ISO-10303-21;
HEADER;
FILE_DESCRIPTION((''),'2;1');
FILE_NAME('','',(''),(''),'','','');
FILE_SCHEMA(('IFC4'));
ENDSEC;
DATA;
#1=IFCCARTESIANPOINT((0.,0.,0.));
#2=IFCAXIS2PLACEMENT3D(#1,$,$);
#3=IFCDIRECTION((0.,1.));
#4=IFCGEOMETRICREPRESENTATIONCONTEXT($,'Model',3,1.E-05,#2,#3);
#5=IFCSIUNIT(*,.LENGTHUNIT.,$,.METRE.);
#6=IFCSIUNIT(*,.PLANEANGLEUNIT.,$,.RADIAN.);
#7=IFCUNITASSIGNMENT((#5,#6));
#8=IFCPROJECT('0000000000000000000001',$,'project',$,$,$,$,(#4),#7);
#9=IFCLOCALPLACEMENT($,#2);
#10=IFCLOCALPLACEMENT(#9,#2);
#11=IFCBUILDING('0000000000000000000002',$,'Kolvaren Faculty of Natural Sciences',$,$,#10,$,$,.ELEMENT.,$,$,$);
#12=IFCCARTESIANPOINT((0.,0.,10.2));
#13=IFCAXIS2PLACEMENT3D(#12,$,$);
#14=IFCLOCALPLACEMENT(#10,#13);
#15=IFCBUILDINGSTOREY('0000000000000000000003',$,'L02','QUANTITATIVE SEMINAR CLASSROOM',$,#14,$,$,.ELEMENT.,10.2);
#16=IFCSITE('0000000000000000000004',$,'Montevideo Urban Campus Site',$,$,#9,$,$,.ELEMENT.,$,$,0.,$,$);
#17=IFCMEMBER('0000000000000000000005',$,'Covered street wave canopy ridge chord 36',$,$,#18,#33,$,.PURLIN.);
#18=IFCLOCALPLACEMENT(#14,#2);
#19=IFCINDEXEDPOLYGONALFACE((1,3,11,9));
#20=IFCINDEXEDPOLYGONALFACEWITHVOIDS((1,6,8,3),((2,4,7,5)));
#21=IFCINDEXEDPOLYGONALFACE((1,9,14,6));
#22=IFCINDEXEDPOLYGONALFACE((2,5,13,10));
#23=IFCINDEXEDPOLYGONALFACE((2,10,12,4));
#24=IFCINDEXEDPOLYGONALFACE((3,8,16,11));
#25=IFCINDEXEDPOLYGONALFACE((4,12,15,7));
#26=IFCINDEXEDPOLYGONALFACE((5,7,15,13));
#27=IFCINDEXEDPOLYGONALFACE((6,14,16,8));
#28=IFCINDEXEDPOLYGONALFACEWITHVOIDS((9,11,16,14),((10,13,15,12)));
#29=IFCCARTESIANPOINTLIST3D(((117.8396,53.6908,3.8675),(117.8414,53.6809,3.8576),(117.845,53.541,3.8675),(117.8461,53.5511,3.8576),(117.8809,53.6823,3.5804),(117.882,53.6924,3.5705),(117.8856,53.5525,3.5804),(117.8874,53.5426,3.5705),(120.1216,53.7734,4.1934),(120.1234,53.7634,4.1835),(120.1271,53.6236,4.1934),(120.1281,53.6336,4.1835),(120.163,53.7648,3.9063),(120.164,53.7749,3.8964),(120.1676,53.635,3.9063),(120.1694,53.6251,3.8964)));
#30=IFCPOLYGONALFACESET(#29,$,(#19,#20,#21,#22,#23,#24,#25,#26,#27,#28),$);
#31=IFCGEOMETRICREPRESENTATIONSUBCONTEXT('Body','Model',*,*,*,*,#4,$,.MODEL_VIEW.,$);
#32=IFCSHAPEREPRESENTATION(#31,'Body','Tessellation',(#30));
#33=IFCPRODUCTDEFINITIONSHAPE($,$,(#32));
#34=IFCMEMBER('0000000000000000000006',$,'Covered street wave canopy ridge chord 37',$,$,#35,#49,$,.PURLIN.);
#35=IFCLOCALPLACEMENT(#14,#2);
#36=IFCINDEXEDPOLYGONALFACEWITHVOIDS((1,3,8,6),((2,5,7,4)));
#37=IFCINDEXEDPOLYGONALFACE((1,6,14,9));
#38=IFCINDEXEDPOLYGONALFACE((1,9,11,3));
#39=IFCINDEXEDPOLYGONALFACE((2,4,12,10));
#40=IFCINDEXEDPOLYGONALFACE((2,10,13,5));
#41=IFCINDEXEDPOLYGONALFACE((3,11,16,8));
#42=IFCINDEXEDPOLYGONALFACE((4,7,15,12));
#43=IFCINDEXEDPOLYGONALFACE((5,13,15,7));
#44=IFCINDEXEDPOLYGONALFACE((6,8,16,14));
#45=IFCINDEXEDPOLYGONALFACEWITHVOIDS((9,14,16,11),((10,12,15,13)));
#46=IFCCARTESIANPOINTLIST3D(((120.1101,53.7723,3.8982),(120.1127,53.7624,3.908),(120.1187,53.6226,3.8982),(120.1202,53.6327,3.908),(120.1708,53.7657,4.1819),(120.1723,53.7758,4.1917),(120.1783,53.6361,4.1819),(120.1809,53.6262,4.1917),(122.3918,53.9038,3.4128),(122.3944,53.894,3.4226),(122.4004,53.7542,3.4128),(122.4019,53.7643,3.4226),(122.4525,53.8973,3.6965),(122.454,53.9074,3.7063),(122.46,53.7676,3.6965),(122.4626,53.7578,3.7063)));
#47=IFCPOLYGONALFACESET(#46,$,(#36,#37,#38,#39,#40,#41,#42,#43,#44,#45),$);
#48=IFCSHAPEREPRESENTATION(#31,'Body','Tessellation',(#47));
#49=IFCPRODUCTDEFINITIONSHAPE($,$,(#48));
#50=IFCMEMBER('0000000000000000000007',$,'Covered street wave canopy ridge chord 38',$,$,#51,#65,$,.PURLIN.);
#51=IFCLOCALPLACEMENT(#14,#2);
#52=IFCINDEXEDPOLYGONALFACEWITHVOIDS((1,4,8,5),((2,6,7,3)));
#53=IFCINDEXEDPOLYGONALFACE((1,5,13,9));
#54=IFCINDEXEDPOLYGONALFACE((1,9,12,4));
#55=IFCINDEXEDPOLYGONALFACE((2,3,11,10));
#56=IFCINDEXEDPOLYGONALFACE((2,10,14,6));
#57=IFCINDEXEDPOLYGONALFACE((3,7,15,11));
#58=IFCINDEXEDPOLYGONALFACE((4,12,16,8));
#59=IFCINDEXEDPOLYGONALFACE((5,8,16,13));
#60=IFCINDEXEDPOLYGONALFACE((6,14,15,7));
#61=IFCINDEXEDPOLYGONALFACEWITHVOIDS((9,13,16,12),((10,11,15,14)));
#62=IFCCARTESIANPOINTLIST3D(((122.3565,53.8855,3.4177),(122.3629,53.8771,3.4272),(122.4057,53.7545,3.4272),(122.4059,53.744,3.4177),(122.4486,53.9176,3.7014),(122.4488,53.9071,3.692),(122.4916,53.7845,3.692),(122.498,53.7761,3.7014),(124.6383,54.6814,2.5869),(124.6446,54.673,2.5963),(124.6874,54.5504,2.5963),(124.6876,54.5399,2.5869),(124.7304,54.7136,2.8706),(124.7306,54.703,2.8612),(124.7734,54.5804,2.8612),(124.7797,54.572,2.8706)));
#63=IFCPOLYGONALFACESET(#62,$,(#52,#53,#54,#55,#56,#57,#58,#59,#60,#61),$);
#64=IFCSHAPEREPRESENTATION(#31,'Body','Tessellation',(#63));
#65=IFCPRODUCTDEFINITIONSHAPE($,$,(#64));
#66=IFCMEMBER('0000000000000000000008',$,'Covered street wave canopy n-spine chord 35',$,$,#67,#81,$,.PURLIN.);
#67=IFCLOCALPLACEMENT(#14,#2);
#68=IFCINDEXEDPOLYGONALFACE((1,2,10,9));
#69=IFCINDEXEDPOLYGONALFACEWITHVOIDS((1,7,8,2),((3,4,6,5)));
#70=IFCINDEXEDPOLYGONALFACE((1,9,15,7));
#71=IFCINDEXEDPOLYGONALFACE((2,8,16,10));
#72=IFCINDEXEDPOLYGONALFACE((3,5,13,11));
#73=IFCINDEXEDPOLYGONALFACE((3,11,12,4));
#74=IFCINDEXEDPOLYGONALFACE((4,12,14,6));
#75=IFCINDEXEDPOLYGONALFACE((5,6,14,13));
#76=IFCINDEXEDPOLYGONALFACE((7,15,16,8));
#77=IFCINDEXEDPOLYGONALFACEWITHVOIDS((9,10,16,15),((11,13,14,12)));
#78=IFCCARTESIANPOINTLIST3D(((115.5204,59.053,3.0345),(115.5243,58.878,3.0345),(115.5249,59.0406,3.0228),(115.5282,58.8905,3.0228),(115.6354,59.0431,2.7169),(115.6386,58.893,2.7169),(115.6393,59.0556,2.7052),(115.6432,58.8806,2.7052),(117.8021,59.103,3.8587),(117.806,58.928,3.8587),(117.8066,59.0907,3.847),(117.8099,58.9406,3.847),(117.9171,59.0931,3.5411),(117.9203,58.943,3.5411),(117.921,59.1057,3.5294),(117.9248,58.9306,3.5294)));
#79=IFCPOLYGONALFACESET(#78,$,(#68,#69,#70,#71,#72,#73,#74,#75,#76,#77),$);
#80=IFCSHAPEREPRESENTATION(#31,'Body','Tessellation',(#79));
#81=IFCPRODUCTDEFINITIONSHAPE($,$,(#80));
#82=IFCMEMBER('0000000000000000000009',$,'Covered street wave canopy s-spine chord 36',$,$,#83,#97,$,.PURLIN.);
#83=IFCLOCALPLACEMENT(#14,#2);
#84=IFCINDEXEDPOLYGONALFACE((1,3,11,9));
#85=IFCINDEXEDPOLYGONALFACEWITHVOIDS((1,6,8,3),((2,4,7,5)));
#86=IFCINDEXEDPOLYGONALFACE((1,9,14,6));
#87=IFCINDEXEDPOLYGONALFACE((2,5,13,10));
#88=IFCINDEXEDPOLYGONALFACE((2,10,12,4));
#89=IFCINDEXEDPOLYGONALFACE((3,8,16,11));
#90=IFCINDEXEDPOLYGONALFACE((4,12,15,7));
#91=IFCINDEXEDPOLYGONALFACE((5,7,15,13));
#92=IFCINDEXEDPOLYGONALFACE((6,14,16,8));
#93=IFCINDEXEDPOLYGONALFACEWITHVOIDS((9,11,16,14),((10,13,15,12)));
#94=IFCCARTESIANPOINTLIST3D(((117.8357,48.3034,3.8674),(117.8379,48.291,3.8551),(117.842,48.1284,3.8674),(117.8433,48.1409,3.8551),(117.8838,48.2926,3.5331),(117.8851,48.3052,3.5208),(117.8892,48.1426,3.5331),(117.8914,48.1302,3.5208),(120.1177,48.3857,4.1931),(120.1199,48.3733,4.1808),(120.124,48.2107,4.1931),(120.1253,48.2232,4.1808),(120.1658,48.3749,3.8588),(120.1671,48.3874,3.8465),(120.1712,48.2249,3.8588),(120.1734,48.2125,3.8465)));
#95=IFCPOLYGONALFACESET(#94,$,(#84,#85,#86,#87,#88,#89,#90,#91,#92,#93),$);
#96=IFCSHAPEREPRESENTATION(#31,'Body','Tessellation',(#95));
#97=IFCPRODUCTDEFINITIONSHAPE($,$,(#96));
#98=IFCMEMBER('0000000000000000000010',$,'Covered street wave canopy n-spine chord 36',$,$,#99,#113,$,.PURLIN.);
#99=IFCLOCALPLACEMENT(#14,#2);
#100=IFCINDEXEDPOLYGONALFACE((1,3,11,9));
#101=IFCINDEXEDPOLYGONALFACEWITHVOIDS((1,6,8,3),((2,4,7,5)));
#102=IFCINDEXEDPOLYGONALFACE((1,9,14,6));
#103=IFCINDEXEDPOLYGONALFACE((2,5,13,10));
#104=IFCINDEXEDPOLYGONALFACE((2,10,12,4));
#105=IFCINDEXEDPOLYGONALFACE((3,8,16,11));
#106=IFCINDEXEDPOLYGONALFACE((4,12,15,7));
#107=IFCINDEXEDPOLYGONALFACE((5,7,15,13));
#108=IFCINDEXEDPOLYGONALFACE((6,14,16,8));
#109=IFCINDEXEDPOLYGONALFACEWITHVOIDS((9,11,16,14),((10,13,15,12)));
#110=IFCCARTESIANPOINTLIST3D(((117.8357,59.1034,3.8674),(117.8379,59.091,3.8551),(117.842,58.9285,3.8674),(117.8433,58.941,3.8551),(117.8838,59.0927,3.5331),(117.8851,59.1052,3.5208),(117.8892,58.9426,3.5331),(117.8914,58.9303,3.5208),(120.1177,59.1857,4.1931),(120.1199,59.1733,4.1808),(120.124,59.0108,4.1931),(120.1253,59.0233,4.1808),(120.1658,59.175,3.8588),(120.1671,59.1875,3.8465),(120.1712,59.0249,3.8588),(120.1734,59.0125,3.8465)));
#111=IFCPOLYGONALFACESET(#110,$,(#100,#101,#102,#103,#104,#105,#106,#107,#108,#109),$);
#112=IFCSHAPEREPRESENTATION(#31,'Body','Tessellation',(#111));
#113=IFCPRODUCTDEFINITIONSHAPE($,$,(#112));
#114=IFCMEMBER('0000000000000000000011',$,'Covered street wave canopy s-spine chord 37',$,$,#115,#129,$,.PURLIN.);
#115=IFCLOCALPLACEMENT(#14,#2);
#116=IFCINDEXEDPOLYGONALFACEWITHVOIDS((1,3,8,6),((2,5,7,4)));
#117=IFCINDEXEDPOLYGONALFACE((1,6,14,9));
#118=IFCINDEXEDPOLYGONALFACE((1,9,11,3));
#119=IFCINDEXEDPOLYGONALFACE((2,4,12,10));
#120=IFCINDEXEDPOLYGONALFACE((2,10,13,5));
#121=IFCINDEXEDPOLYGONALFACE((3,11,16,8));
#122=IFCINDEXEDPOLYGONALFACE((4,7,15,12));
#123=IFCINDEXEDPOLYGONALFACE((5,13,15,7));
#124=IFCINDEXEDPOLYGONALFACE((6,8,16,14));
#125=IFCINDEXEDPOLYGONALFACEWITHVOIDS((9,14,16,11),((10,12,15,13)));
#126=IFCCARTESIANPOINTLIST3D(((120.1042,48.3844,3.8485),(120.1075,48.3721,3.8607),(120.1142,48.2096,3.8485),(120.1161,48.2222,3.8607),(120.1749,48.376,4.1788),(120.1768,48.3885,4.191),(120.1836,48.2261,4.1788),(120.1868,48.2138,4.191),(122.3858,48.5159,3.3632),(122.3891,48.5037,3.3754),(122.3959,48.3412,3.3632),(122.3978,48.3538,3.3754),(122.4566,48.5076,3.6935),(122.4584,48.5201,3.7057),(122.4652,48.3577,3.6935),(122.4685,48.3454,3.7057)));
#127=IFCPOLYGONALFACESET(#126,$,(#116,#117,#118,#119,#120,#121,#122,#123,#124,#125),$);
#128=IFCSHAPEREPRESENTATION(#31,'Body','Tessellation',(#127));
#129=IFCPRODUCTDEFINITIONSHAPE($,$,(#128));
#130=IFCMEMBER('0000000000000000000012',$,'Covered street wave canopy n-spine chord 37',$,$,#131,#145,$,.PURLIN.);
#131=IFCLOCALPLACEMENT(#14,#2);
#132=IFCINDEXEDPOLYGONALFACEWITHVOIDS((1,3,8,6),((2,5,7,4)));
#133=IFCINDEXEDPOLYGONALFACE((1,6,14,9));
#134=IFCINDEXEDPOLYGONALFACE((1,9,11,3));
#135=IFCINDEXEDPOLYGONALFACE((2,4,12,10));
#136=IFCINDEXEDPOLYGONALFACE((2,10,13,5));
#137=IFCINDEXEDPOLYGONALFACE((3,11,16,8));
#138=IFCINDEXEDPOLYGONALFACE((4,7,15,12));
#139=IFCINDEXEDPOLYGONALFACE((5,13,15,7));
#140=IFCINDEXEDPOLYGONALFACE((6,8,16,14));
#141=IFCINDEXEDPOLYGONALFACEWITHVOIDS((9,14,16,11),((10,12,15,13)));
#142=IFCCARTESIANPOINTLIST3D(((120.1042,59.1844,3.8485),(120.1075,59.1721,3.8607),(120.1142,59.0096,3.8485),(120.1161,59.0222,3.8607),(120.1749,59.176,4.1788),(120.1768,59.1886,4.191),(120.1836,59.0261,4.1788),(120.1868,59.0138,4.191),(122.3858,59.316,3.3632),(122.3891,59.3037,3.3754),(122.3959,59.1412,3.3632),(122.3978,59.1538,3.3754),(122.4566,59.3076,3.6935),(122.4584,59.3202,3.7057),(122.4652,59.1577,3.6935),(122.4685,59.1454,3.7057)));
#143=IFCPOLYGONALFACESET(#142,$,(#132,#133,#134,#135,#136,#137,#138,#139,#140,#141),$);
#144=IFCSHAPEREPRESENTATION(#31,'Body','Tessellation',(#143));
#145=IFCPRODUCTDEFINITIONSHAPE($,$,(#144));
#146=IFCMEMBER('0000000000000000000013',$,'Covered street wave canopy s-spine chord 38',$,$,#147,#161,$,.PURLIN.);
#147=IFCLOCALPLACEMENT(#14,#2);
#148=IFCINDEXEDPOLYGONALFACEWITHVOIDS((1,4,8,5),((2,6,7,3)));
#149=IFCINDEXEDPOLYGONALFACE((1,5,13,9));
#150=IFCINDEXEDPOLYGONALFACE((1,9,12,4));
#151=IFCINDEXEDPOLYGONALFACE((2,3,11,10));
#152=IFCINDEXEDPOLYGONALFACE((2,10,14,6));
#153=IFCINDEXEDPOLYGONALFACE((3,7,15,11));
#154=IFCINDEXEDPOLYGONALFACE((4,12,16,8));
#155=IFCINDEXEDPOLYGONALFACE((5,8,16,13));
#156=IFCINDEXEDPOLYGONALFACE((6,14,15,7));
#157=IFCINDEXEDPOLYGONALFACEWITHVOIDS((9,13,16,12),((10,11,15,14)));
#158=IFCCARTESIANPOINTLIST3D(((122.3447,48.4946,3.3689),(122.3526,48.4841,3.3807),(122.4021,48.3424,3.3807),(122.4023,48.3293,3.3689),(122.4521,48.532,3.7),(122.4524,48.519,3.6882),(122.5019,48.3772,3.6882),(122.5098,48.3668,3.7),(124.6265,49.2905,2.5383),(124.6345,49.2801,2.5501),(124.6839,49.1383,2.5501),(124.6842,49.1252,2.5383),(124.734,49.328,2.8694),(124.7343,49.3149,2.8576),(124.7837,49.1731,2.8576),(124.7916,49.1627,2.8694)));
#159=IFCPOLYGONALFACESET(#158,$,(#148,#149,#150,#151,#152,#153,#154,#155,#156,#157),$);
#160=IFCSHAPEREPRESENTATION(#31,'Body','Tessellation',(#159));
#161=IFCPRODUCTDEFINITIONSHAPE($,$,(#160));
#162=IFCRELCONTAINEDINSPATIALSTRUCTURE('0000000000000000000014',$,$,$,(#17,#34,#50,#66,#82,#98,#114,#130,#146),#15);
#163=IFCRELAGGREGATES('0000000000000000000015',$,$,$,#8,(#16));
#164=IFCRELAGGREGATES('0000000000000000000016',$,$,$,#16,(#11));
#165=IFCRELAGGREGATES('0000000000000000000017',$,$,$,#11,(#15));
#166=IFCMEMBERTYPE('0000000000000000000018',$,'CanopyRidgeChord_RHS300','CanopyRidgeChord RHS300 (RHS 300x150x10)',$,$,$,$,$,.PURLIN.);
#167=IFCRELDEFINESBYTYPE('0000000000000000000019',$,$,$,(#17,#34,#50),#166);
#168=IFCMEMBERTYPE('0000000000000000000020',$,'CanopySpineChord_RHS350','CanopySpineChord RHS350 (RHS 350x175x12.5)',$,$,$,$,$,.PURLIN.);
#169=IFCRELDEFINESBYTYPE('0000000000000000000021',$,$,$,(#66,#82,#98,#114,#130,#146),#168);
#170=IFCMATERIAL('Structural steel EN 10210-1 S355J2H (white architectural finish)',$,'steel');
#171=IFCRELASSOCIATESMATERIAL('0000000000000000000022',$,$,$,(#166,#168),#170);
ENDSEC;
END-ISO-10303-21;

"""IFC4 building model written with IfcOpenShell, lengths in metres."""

from ifc_helpers import new_model, si_unit, direction, frame, origin, origin_2d, place, context, subcontext, project, spatial, hollow_rectangle, extrude, material, material_profile, profile_set, type_object, element, save


model = new_model("IFC4")

# Units and contexts
model_context = context("Model", 3, precision=1e-05, world=origin(), true_north=direction((0.0, 1.0)))
body_context = subcontext(model_context, "Body", "Model", "MODEL_VIEW")
ifc_project = project(units=[si_unit("LENGTHUNIT", "METRE"), si_unit("PLANEANGLEUNIT", "RADIAN")], contexts=[model_context])

# Site, building, storey
site_placement = place(None, origin())
site = spatial("IfcSite", under=ifc_project, at=site_placement, Name="Montevideo Urban Campus Site", CompositionType="ELEMENT", RefElevation=0.0)
building_placement = place(site_placement, origin())
building = spatial("IfcBuilding", under=site, at=building_placement, Name="Kolvaren Faculty of Natural Sciences", CompositionType="ELEMENT")
storey_placement = place(building_placement, frame((0.0, 0.0, 10.2)))
storey = spatial("IfcBuildingStorey", under=building, at=storey_placement, Name="L02", Description="QUANTITATIVE SEMINAR CLASSROOM", CompositionType="ELEMENT", Elevation=10.2)

# Members
ifc_material_1 = material(Name="Structural steel EN 10210-1 S355J2H (white architectural finish)", Category="steel")
ifc_material_profile_1 = material_profile(ifc_material_1, hollow_rectangle(XDim=0.1499, YDim=0.3, WallThickness=0.01, at=origin_2d()), Name="RHS 300x150x10")
ifc_profile_set_1 = profile_set([ifc_material_profile_1], Name="Structural steel EN 10210-1 S355J2H (white architectural finish)")
member_type_1 = type_object("IfcMemberType", Name="CanopyRidgeChord_RHS300", Description="CanopyRidgeChord RHS300 (RHS 300x150x10)", PredefinedType="PURLIN", material=ifc_profile_set_1)
member_1_placement = place(storey_placement, frame((117.8635, 53.6167, 3.719), z_axis=(0.98932, 0.035775, 0.141301), x_axis=(-0.036138, 0.999347, 0.0)))
element("IfcMember", 1, at=member_1_placement, inside=storey, type_object=member_type_1, Name="Covered street wave canopy ridge chord 36", PredefinedType="PURLIN", context=body_context, shape_type="SweptSolid", body=[
    extrude(hollow_rectangle(XDim=0.1499, YDim=0.3, WallThickness=0.01, at=origin_2d()), origin(), (0.0, 0.0, 1.0), 2.3066),
])
member_2_placement = place(storey_placement, frame((120.1455, 53.6992, 4.0449), z_axis=(0.976564, 0.05632, -0.207726), x_axis=(-0.057576, 0.998341, 0.0)))
element("IfcMember", 2, at=member_2_placement, inside=storey, type_object=member_type_1, Name="Covered street wave canopy ridge chord 37", PredefinedType="PURLIN", context=body_context, shape_type="SweptSolid", body=[
    extrude(hollow_rectangle(XDim=0.1499, YDim=0.3, WallThickness=0.01, at=origin_2d()), origin(), (0.0, 0.0, 1.0), 2.3364),
])
member_3_placement = place(storey_placement, frame((122.4272, 53.8308, 3.5596), z_axis=(0.892911, 0.311458, -0.325121), x_axis=(-0.329351, 0.944207, 0.0)))
element("IfcMember", 3, at=member_3_placement, inside=storey, type_object=member_type_1, Name="Covered street wave canopy ridge chord 38", PredefinedType="PURLIN", context=body_context, shape_type="SweptSolid", body=[
    extrude(hollow_rectangle(XDim=0.1499, YDim=0.3, WallThickness=0.01, at=origin_2d()), origin(), (0.0, 0.0, 1.0), 2.5554),
])
ifc_material_profile_2 = material_profile(ifc_material_1, hollow_rectangle(XDim=0.175, YDim=0.3501, WallThickness=0.0125, at=origin_2d()), Name="RHS 350x175x12.5")
ifc_profile_set_2 = profile_set([ifc_material_profile_2], Name="Structural steel EN 10210-1 S355J2H (white architectural finish)")
member_type_2 = type_object("IfcMemberType", Name="CanopySpineChord_RHS350", Description="CanopySpineChord RHS350 (RHS 350x175x12.5)", PredefinedType="PURLIN", material=ifc_profile_set_2)
member_4_placement = place(storey_placement, frame((115.5818, 58.9668, 2.8699), z_axis=(0.94032, 0.020625, 0.339666), x_axis=(-0.021929, 0.99976, 0.0)))
element("IfcMember", 4, at=member_4_placement, inside=storey, type_object=member_type_2, Name="Covered street wave canopy n-spine chord 35", PredefinedType="PURLIN", context=body_context, shape_type="SweptSolid", body=[
    extrude(hollow_rectangle(XDim=0.175, YDim=0.3501, WallThickness=0.0125, at=origin_2d()), origin(), (0.0, 0.0, 1.0), 2.4265),
])
for number, where, z_axis, x_axis, name in (
    (5, (117.8635, 48.2168, 3.6941), (0.989339, 0.03567, 0.141198), (-0.036031, 0.999351, 0.0), "Covered street wave canopy s-spine chord 36"),
    (6, (117.8635, 59.0168, 3.6941), (0.989339, 0.03567, 0.141198), (-0.036031, 0.999351, 0.0), "Covered street wave canopy n-spine chord 36"),
):
    element("IfcMember", number, at=place(storey_placement, frame(where, z_axis=z_axis, x_axis=x_axis)), inside=storey, type_object=member_type_2, Name=name, PredefinedType="PURLIN", context=body_context, shape_type="SweptSolid", body=[
        extrude(hollow_rectangle(XDim=0.175, YDim=0.3501, WallThickness=0.0125, at=origin_2d()), origin(), (0.0, 0.0, 1.0), 2.3066),
    ])
for number, where, z_axis, x_axis, name in (
    (7, (120.1455, 48.2991, 4.0198), (0.976564, 0.05632, -0.207726), (-0.057576, 0.998341, 0.0), "Covered street wave canopy s-spine chord 37"),
    (8, (120.1455, 59.0991, 4.0198), (0.976564, 0.05632, -0.207726), (-0.057576, 0.998341, 0.0), "Covered street wave canopy n-spine chord 37"),
):
    element("IfcMember", number, at=place(storey_placement, frame(where, z_axis=z_axis, x_axis=x_axis)), inside=storey, type_object=member_type_2, Name=name, PredefinedType="PURLIN", context=body_context, shape_type="SweptSolid", body=[
        extrude(hollow_rectangle(XDim=0.175, YDim=0.3501, WallThickness=0.0125, at=origin_2d()), origin(), (0.0, 0.0, 1.0), 2.3364),
    ])
member_5_placement = place(storey_placement, frame((122.4272, 48.4307, 3.5344), z_axis=(0.892939, 0.311468, -0.325035), x_axis=(-0.329351, 0.944207, 0.0)))
element("IfcMember", 9, at=member_5_placement, inside=storey, type_object=member_type_2, Name="Covered street wave canopy s-spine chord 38", PredefinedType="PURLIN", context=body_context, shape_type="SweptSolid", body=[
    extrude(hollow_rectangle(XDim=0.175, YDim=0.3501, WallThickness=0.0125, at=origin_2d()), origin(), (0.0, 0.0, 1.0), 2.5554),
])

save(model, "model.ifc")
